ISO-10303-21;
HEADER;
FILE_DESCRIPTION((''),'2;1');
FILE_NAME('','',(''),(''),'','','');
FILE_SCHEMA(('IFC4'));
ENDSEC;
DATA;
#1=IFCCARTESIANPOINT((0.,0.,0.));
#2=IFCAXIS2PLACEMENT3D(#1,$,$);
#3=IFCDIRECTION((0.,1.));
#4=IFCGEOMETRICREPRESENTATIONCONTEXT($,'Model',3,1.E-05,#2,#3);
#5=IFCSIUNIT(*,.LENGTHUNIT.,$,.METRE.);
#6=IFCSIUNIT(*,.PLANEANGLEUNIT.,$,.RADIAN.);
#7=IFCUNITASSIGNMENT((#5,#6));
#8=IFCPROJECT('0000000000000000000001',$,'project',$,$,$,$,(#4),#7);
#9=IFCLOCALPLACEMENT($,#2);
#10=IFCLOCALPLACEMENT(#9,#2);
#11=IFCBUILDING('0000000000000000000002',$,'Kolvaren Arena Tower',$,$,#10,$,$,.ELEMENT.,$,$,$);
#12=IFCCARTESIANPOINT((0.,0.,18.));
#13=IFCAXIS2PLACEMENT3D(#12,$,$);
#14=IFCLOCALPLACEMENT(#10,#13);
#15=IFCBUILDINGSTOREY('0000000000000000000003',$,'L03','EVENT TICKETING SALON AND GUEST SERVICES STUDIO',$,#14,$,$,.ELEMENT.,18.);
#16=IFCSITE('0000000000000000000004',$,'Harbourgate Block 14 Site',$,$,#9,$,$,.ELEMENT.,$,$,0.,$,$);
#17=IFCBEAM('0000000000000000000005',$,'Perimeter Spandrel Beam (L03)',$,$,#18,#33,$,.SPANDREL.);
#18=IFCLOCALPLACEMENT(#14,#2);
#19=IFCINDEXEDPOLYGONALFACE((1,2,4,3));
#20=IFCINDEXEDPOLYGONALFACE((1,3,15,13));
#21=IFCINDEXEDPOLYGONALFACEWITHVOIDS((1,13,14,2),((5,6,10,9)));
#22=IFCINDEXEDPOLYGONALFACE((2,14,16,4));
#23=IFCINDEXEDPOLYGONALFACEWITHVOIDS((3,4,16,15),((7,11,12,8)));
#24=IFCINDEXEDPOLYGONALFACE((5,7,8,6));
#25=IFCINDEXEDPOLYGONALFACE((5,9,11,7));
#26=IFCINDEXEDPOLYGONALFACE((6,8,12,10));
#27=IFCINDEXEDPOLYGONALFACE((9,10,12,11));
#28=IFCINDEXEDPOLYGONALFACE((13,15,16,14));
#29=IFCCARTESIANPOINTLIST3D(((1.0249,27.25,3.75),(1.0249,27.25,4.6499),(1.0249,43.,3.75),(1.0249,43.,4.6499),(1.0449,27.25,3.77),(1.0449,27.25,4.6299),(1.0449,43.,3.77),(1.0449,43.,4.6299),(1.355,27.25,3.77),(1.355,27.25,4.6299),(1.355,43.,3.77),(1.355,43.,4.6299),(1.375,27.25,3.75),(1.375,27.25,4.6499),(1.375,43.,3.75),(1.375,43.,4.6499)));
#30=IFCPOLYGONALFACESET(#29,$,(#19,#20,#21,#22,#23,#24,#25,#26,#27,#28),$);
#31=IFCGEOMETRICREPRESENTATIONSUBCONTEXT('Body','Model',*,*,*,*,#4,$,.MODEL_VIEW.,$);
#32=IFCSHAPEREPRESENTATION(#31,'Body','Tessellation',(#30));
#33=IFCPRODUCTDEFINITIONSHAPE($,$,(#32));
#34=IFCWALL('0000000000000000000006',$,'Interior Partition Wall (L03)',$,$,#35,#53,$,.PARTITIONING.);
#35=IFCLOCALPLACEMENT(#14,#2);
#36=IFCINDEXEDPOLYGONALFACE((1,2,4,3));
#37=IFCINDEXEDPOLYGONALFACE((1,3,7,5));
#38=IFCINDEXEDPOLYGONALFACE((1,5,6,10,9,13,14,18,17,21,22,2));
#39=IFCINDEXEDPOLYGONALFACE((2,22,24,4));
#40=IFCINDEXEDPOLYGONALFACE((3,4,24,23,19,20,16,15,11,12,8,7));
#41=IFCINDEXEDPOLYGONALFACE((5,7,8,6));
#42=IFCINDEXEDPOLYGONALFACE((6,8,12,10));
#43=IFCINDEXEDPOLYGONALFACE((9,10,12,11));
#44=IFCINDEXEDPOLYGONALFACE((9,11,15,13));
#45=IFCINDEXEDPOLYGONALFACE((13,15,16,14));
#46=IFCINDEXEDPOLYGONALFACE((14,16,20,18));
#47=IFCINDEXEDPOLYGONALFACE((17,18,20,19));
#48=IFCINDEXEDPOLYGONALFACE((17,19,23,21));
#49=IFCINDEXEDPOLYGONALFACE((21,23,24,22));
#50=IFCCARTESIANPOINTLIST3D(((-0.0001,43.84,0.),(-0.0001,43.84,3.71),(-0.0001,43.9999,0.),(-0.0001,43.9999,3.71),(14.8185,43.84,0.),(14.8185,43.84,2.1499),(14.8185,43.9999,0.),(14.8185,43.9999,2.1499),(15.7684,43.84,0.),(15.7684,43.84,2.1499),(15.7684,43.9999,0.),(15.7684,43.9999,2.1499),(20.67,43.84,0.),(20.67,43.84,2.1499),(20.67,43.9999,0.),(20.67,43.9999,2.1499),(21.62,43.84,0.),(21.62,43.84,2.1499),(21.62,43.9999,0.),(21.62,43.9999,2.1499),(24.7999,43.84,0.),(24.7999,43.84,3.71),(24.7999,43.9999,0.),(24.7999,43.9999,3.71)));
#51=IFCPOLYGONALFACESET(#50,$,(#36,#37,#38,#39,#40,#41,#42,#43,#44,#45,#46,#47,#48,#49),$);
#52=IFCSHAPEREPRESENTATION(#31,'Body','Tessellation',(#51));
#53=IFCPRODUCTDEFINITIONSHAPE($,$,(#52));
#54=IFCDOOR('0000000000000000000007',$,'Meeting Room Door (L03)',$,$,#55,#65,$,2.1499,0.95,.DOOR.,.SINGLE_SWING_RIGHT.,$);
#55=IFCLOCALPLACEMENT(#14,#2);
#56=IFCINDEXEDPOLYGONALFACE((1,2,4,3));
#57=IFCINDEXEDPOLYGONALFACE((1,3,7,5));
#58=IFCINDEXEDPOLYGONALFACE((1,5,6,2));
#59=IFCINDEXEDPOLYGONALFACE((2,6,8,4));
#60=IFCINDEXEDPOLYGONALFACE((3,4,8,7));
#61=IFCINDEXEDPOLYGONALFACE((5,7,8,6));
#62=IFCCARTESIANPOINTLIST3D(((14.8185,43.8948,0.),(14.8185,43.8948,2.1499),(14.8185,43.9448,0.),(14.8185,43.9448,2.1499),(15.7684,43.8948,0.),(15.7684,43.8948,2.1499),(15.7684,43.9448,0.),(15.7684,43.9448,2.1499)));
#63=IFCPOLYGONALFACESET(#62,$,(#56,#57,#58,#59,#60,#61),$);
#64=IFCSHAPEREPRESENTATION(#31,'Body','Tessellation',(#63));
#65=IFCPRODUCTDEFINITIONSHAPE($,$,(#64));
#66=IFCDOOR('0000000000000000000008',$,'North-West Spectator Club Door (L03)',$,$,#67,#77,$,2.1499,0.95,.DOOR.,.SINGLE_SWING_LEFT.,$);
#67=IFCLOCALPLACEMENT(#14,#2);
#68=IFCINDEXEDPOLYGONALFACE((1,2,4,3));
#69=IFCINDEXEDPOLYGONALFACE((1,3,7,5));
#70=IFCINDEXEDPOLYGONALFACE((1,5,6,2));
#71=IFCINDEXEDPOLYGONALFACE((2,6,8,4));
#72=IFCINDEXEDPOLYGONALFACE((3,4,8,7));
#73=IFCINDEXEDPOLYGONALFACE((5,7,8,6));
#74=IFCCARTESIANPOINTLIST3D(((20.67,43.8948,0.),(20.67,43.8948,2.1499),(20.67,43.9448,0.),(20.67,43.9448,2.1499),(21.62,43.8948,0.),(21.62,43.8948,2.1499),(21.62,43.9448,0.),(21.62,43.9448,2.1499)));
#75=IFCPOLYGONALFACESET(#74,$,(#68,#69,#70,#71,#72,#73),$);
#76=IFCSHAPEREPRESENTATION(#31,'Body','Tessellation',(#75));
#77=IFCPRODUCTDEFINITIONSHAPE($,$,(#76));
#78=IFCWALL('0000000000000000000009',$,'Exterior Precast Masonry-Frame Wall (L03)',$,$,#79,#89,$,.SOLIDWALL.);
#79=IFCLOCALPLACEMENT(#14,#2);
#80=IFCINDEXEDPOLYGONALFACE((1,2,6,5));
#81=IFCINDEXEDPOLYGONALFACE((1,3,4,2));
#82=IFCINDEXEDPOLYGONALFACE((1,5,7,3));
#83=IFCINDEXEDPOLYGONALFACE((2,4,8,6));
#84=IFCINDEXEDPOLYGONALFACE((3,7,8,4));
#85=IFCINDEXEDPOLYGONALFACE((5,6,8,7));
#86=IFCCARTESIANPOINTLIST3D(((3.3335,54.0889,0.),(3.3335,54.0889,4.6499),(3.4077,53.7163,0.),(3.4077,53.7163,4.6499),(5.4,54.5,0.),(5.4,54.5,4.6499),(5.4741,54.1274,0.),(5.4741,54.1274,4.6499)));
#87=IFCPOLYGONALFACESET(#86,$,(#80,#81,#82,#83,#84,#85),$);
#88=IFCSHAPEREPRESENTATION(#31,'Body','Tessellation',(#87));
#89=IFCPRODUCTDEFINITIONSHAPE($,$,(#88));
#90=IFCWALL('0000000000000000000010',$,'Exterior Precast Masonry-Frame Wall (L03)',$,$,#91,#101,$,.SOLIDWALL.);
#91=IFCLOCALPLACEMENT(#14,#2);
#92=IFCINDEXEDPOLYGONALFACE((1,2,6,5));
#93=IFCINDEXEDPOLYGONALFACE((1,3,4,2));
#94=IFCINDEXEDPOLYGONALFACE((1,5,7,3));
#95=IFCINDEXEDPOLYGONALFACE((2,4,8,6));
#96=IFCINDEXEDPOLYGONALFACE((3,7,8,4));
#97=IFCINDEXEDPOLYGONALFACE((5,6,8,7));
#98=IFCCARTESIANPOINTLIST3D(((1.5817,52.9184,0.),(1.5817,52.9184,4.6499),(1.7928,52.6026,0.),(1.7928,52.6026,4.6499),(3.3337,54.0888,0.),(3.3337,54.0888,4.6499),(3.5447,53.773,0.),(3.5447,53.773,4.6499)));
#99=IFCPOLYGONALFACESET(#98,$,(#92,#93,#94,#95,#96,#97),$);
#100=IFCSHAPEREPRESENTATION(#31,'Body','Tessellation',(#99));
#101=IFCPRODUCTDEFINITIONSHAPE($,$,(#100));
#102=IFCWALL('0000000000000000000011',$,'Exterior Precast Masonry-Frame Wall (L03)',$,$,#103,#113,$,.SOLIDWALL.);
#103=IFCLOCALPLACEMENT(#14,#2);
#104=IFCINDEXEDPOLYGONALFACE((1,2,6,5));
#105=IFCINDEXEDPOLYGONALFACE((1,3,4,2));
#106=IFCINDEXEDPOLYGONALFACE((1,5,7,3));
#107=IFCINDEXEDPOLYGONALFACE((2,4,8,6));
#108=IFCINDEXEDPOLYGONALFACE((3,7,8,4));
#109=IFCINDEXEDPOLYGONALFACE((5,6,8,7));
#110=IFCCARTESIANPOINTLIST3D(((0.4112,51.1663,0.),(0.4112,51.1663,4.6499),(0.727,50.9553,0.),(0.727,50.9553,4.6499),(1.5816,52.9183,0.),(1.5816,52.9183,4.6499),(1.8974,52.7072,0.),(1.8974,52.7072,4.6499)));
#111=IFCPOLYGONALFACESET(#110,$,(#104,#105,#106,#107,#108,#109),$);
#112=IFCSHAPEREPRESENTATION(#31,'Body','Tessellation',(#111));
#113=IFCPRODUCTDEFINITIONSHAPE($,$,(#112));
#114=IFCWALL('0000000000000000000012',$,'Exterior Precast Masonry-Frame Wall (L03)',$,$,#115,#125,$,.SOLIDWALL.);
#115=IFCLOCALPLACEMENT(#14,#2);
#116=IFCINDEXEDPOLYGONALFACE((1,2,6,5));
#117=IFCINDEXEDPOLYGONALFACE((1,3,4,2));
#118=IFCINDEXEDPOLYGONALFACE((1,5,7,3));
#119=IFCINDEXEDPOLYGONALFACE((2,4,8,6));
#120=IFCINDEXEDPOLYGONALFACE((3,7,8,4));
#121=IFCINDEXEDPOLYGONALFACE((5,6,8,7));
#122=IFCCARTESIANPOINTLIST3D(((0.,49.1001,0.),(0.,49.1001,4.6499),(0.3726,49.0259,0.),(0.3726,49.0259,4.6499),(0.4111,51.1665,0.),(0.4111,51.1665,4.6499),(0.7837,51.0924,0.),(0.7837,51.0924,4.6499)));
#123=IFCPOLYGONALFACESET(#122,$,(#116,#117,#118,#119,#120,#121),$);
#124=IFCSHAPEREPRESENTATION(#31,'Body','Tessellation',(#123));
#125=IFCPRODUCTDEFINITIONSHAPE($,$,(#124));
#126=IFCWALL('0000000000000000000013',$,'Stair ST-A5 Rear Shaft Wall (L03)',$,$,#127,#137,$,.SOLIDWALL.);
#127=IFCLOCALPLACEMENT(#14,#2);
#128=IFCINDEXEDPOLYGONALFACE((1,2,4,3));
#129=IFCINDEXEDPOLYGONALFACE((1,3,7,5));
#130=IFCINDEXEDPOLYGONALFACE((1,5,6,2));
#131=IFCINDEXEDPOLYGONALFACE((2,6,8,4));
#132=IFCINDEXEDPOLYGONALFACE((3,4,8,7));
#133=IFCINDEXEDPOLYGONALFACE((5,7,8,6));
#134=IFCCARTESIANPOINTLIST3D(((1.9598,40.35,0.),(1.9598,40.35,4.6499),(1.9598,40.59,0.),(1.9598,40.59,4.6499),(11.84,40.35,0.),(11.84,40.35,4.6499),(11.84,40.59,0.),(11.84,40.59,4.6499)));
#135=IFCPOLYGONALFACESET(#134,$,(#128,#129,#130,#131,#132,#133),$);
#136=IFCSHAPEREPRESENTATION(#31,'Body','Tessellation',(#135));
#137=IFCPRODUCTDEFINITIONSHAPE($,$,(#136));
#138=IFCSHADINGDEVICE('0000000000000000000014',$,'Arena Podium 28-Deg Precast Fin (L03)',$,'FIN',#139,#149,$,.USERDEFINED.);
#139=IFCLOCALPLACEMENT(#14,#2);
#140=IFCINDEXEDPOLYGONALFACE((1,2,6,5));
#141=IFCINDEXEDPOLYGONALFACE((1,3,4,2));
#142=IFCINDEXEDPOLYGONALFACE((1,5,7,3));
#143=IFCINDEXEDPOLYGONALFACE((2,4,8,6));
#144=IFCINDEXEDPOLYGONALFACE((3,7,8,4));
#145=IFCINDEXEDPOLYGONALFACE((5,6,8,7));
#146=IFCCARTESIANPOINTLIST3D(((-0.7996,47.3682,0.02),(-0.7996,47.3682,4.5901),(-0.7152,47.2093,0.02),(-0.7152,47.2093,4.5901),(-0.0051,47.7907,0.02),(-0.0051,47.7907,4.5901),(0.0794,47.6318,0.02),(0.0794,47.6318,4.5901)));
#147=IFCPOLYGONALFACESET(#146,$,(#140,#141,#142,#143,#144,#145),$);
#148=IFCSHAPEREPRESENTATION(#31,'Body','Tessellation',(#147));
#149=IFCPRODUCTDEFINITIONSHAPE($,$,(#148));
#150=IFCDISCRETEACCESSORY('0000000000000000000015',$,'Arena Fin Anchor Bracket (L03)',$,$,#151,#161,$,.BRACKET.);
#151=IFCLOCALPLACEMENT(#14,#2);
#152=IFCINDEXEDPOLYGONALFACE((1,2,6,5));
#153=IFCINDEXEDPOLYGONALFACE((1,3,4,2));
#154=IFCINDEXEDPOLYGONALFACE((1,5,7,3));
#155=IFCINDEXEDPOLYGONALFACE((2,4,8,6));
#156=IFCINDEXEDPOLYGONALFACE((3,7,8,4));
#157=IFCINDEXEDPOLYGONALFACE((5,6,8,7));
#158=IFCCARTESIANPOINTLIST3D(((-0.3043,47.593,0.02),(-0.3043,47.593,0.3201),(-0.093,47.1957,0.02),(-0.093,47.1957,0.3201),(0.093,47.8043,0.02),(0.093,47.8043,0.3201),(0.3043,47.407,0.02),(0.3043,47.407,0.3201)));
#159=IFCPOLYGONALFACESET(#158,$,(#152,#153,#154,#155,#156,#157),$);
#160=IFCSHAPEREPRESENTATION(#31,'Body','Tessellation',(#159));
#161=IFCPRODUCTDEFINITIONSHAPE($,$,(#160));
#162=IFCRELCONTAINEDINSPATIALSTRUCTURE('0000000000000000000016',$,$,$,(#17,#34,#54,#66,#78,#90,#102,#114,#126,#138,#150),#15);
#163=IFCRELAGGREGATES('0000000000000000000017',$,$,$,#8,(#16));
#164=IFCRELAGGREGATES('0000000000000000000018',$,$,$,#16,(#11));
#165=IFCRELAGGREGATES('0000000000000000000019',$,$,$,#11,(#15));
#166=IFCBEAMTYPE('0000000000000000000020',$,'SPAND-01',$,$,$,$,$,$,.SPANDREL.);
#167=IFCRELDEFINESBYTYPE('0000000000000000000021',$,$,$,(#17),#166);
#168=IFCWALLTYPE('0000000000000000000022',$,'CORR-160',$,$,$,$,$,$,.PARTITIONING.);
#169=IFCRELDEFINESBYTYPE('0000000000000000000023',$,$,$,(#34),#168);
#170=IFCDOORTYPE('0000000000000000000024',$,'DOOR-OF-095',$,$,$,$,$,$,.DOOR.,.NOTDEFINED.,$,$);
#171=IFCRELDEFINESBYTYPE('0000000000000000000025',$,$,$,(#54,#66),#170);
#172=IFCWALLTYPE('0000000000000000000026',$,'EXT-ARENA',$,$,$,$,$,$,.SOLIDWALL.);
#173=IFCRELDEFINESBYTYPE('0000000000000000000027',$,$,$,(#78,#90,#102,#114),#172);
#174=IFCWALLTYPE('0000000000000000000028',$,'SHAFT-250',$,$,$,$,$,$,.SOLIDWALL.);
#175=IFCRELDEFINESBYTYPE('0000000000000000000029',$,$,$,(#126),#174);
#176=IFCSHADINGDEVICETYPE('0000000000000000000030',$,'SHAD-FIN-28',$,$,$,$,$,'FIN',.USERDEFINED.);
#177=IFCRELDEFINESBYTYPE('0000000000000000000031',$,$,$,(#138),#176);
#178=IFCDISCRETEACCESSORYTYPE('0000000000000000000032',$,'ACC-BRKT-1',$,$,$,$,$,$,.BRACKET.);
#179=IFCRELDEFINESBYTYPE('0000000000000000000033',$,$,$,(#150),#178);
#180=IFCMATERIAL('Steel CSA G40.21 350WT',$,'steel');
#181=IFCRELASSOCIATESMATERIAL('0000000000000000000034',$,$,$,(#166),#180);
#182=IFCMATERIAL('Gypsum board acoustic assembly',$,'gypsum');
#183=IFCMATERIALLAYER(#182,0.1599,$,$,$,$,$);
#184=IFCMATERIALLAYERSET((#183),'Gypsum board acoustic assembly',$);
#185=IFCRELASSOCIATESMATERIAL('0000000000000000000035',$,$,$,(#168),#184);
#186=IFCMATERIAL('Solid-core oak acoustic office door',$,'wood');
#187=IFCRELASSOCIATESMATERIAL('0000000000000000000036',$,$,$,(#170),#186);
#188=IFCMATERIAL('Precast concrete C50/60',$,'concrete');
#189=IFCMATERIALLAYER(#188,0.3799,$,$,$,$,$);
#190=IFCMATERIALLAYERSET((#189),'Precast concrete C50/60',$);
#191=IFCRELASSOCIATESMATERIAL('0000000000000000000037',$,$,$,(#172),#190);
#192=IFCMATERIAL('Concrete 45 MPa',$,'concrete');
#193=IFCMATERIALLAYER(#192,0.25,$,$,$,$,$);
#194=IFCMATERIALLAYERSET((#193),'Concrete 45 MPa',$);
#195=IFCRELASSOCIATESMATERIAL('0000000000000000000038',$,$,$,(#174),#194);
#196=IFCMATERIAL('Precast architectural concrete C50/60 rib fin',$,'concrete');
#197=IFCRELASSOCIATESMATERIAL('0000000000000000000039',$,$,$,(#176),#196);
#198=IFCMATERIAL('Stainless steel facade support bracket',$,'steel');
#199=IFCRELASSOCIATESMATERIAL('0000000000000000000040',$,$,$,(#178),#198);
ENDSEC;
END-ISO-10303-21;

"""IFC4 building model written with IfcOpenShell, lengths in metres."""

from ifc_helpers import new_model, si_unit, direction, frame, frame_2d, origin, origin_2d, place, context, subcontext, project, spatial, rectangle, hollow_rectangle, extrude, material, layer, layer_set, material_profile, profile_set, type_object, element, fill, save


model = new_model("IFC4")

# Units and contexts
model_context = context("Model", 3, precision=1e-05, world=origin(), true_north=direction((0.0, 1.0)))
body_context = subcontext(model_context, "Body", "Model", "MODEL_VIEW")
ifc_project = project(units=[si_unit("LENGTHUNIT", "METRE"), si_unit("PLANEANGLEUNIT", "RADIAN")], contexts=[model_context])

# Site, building, storey
site_placement = place(None, origin())
site = spatial("IfcSite", under=ifc_project, at=site_placement, Name="Harbourgate Block 14 Site", CompositionType="ELEMENT", RefElevation=0.0)
building_placement = place(site_placement, origin())
building = spatial("IfcBuilding", under=site, at=building_placement, Name="Kolvaren Arena Tower", CompositionType="ELEMENT")
storey_placement = place(building_placement, frame((0.0, 0.0, 18.0)))
storey = spatial("IfcBuildingStorey", under=building, at=storey_placement, Name="L03", Description="EVENT TICKETING SALON AND GUEST SERVICES STUDIO", CompositionType="ELEMENT", Elevation=18.0)

# Beam
ifc_material_1 = material(Name="Steel CSA G40.21 350WT", Category="steel")
ifc_material_profile_1 = material_profile(ifc_material_1, hollow_rectangle(XDim=0.3501, YDim=0.8999, WallThickness=0.02, at=origin_2d()), Name="HSS 900x350x20")
ifc_profile_set_1 = profile_set([ifc_material_profile_1], Name="Steel CSA G40.21 350WT")
beam_type_1 = type_object("IfcBeamType", Name="SPAND-01", PredefinedType="SPANDREL", material=ifc_profile_set_1)
beam_1_placement = place(storey_placement, frame((1.2, 43.0, 4.2), z_axis=(0.0, -1.0, 0.0), x_axis=(1.0, 0.0, 0.0)))
element("IfcBeam", 1, at=beam_1_placement, inside=storey, type_object=beam_type_1, Name="Perimeter Spandrel Beam (L03)", PredefinedType="SPANDREL", context=body_context, shape_type="SweptSolid", body=[
    extrude(hollow_rectangle(XDim=0.3501, YDim=0.8999, WallThickness=0.02, at=origin_2d()), origin(), (0.0, 0.0, 1.0), 15.75),
])

# Wall, openings, doors
ifc_material_2 = material(Name="Gypsum board acoustic assembly", Category="gypsum")
ifc_layer_1 = layer(ifc_material_2, 0.1599)
ifc_layer_set_1 = layer_set([ifc_layer_1], Name="Gypsum board acoustic assembly")
wall_type_1 = type_object("IfcWallType", Name="CORR-160", PredefinedType="PARTITIONING", material=ifc_layer_set_1)
wall_1_placement = place(storey_placement, frame((0.0, 43.9199, 0.0), z_axis=(0.0, 0.0, 1.0), x_axis=(1.0, 0.0, 0.0)))
wall_1 = element("IfcWall", 2, at=wall_1_placement, inside=storey, type_object=wall_type_1, Name="Interior Partition Wall (L03)", PredefinedType="PARTITIONING", context=body_context, shape_type="SweptSolid", body=[
    extrude(rectangle(XDim=24.8, YDim=0.1599, at=frame_2d((12.3999, 0.0))), origin(), (0.0, 0.0, 1.0), 3.71),
])
opening_1_placement = place(wall_1_placement, frame((14.8184, 0.0, 0.0)))
opening_1 = element("IfcOpeningElement", 3, at=opening_1_placement, cuts=wall_1, PredefinedType="OPENING", context=body_context, shape_type="SweptSolid", body=[
    extrude(rectangle(XDim=0.95, YDim=2.1499, at=frame_2d((0.4751, 1.075))), frame((0.0, 0.0898, 0.0), z_axis=(0.0, -1.0, 0.0), x_axis=(1.0, 0.0, 0.0)), (0.0, 0.0, 1.0), 0.1799),
])
opening_2_placement = place(wall_1_placement, frame((20.6699, 0.0, 0.0)))
opening_2 = element("IfcOpeningElement", 4, at=opening_2_placement, cuts=wall_1, PredefinedType="OPENING", context=body_context, shape_type="SweptSolid", body=[
    extrude(rectangle(XDim=0.95, YDim=2.1499, at=frame_2d((0.4751, 1.075))), frame((0.0, 0.0898, 0.0), z_axis=(0.0, -1.0, 0.0), x_axis=(1.0, 0.0, 0.0)), (0.0, 0.0, 1.0), 0.1799),
])
ifc_material_3 = material(Name="Solid-core oak acoustic office door", Category="wood")
door_type = type_object("IfcDoorType", Name="DOOR-OF-095", OperationType="NOTDEFINED", PredefinedType="DOOR", material=ifc_material_3)
door_1_placement = place(opening_1_placement, origin())
door_1 = element("IfcDoor", 5, at=door_1_placement, inside=storey, type_object=door_type, Name="Meeting Room Door (L03)", OperationType="SINGLE_SWING_RIGHT", OverallHeight=2.1499, OverallWidth=0.95, PredefinedType="DOOR", context=body_context, shape_type="SweptSolid", body=[
    extrude(rectangle(XDim=0.95, YDim=2.1499, at=frame_2d((0.4751, 1.075))), frame((0.0, 0.0249, 0.0), z_axis=(0.0, -1.0, 0.0), x_axis=(1.0, 0.0, 0.0)), (0.0, 0.0, 1.0), 0.05),
])
fill(opening_1, door_1)
door_2_placement = place(opening_2_placement, origin())
door_2 = element("IfcDoor", 6, at=door_2_placement, inside=storey, type_object=door_type, Name="North-West Spectator Club Door (L03)", OperationType="SINGLE_SWING_LEFT", OverallHeight=2.1499, OverallWidth=0.95, PredefinedType="DOOR", context=body_context, shape_type="SweptSolid", body=[
    extrude(rectangle(XDim=0.95, YDim=2.1499, at=frame_2d((0.4751, 1.075))), frame((0.0, 0.0249, 0.0), z_axis=(0.0, -1.0, 0.0), x_axis=(1.0, 0.0, 0.0)), (0.0, 0.0, 1.0), 0.05),
])
fill(opening_2, door_2)

# Walls
ifc_material_4 = material(Name="Precast concrete C50/60", Category="concrete")
ifc_layer_2 = layer(ifc_material_4, 0.3799)
ifc_layer_set_2 = layer_set([ifc_layer_2], Name="Precast concrete C50/60")
wall_type_2 = type_object("IfcWallType", Name="EXT-ARENA", PredefinedType="SOLIDWALL", material=ifc_layer_set_2)
for number, where, z_axis, x_axis, name in (
    (7, (3.3706, 53.9026, 0.0), (0.0, 0.0, 1.0), (0.980776, 0.195136, 0.0), "Exterior Precast Masonry-Frame Wall (L03)"),
    (8, (1.6873, 52.7605, 0.0), (0.0, 0.0, 1.0), (0.831515, 0.555502, 0.0), "Exterior Precast Masonry-Frame Wall (L03)"),
    (9, (0.5691, 51.0608, 0.0), (0.0, 0.0, 1.0), (0.555502, 0.831515, 0.0), "Exterior Precast Masonry-Frame Wall (L03)"),
    (10, (0.1863, 49.063, 0.0), (0.0, 0.0, 1.0), (0.195136, 0.980776, 0.0), "Exterior Precast Masonry-Frame Wall (L03)"),
):
    element("IfcWall", number, at=place(storey_placement, frame(where, z_axis=z_axis, x_axis=x_axis)), inside=storey, type_object=wall_type_2, Name=name, PredefinedType="SOLIDWALL", context=body_context, shape_type="SweptSolid", body=[
        extrude(rectangle(XDim=2.1069, YDim=0.3799, at=frame_2d((1.0535, 0.0))), origin(), (0.0, 0.0, 1.0), 4.6499),
    ])
ifc_material_5 = material(Name="Concrete 45 MPa", Category="concrete")
ifc_layer_3 = layer(ifc_material_5, 0.25)
ifc_layer_set_3 = layer_set([ifc_layer_3], Name="Concrete 45 MPa")
wall_type_3 = type_object("IfcWallType", Name="SHAFT-250", PredefinedType="SOLIDWALL", material=ifc_layer_set_3)
wall_2_placement = place(storey_placement, frame((1.96, 40.47, 0.0), z_axis=(0.0, 0.0, 1.0), x_axis=(1.0, 0.0, 0.0)))
element("IfcWall", 11, at=wall_2_placement, inside=storey, type_object=wall_type_3, Name="Stair ST-A5 Rear Shaft Wall (L03)", PredefinedType="SOLIDWALL", context=body_context, shape_type="SweptSolid", body=[
    extrude(rectangle(XDim=9.8801, YDim=0.24, at=frame_2d((4.9399, 0.0))), origin(), (0.0, 0.0, 1.0), 4.6499),
])

# Shading device
ifc_material_6 = material(Name="Precast architectural concrete C50/60 rib fin", Category="concrete")
shading_device_type = type_object("IfcShadingDeviceType", Name="SHAD-FIN-28", ElementType="FIN", PredefinedType="USERDEFINED", material=ifc_material_6)
shading_device_placement = place(storey_placement, frame((-0.3601, 47.5, 0.02), z_axis=(0.0, 0.0, 1.0), x_axis=(-0.882948, -0.469472, 0.0)))
element("IfcShadingDevice", 12, at=shading_device_placement, inside=storey, type_object=shading_device_type, Name="Arena Podium 28-Deg Precast Fin (L03)", ObjectType="FIN", PredefinedType="USERDEFINED", context=body_context, shape_type="SweptSolid", body=[
    extrude(rectangle(XDim=0.8999, YDim=0.1799, at=origin_2d()), origin(), (0.0, 0.0, 1.0), 4.5701),
])

# Discrete accessory
ifc_material_7 = material(Name="Stainless steel facade support bracket", Category="steel")
discrete_accessory_type = type_object("IfcDiscreteAccessoryType", Name="ACC-BRKT-1", PredefinedType="BRACKET", material=ifc_material_7)
discrete_accessory_placement = place(storey_placement, frame((0.0, 47.5, 0.02), z_axis=(0.0, 0.0, 1.0), x_axis=(-0.882948, -0.469472, 0.0)))
element("IfcDiscreteAccessory", 13, at=discrete_accessory_placement, inside=storey, type_object=discrete_accessory_type, Name="Arena Fin Anchor Bracket (L03)", PredefinedType="BRACKET", context=body_context, shape_type="SweptSolid", body=[
    extrude(rectangle(XDim=0.45, YDim=0.45, at=origin_2d()), origin(), (0.0, 0.0, 1.0), 0.3),
])

save(model, "model.ifc")
